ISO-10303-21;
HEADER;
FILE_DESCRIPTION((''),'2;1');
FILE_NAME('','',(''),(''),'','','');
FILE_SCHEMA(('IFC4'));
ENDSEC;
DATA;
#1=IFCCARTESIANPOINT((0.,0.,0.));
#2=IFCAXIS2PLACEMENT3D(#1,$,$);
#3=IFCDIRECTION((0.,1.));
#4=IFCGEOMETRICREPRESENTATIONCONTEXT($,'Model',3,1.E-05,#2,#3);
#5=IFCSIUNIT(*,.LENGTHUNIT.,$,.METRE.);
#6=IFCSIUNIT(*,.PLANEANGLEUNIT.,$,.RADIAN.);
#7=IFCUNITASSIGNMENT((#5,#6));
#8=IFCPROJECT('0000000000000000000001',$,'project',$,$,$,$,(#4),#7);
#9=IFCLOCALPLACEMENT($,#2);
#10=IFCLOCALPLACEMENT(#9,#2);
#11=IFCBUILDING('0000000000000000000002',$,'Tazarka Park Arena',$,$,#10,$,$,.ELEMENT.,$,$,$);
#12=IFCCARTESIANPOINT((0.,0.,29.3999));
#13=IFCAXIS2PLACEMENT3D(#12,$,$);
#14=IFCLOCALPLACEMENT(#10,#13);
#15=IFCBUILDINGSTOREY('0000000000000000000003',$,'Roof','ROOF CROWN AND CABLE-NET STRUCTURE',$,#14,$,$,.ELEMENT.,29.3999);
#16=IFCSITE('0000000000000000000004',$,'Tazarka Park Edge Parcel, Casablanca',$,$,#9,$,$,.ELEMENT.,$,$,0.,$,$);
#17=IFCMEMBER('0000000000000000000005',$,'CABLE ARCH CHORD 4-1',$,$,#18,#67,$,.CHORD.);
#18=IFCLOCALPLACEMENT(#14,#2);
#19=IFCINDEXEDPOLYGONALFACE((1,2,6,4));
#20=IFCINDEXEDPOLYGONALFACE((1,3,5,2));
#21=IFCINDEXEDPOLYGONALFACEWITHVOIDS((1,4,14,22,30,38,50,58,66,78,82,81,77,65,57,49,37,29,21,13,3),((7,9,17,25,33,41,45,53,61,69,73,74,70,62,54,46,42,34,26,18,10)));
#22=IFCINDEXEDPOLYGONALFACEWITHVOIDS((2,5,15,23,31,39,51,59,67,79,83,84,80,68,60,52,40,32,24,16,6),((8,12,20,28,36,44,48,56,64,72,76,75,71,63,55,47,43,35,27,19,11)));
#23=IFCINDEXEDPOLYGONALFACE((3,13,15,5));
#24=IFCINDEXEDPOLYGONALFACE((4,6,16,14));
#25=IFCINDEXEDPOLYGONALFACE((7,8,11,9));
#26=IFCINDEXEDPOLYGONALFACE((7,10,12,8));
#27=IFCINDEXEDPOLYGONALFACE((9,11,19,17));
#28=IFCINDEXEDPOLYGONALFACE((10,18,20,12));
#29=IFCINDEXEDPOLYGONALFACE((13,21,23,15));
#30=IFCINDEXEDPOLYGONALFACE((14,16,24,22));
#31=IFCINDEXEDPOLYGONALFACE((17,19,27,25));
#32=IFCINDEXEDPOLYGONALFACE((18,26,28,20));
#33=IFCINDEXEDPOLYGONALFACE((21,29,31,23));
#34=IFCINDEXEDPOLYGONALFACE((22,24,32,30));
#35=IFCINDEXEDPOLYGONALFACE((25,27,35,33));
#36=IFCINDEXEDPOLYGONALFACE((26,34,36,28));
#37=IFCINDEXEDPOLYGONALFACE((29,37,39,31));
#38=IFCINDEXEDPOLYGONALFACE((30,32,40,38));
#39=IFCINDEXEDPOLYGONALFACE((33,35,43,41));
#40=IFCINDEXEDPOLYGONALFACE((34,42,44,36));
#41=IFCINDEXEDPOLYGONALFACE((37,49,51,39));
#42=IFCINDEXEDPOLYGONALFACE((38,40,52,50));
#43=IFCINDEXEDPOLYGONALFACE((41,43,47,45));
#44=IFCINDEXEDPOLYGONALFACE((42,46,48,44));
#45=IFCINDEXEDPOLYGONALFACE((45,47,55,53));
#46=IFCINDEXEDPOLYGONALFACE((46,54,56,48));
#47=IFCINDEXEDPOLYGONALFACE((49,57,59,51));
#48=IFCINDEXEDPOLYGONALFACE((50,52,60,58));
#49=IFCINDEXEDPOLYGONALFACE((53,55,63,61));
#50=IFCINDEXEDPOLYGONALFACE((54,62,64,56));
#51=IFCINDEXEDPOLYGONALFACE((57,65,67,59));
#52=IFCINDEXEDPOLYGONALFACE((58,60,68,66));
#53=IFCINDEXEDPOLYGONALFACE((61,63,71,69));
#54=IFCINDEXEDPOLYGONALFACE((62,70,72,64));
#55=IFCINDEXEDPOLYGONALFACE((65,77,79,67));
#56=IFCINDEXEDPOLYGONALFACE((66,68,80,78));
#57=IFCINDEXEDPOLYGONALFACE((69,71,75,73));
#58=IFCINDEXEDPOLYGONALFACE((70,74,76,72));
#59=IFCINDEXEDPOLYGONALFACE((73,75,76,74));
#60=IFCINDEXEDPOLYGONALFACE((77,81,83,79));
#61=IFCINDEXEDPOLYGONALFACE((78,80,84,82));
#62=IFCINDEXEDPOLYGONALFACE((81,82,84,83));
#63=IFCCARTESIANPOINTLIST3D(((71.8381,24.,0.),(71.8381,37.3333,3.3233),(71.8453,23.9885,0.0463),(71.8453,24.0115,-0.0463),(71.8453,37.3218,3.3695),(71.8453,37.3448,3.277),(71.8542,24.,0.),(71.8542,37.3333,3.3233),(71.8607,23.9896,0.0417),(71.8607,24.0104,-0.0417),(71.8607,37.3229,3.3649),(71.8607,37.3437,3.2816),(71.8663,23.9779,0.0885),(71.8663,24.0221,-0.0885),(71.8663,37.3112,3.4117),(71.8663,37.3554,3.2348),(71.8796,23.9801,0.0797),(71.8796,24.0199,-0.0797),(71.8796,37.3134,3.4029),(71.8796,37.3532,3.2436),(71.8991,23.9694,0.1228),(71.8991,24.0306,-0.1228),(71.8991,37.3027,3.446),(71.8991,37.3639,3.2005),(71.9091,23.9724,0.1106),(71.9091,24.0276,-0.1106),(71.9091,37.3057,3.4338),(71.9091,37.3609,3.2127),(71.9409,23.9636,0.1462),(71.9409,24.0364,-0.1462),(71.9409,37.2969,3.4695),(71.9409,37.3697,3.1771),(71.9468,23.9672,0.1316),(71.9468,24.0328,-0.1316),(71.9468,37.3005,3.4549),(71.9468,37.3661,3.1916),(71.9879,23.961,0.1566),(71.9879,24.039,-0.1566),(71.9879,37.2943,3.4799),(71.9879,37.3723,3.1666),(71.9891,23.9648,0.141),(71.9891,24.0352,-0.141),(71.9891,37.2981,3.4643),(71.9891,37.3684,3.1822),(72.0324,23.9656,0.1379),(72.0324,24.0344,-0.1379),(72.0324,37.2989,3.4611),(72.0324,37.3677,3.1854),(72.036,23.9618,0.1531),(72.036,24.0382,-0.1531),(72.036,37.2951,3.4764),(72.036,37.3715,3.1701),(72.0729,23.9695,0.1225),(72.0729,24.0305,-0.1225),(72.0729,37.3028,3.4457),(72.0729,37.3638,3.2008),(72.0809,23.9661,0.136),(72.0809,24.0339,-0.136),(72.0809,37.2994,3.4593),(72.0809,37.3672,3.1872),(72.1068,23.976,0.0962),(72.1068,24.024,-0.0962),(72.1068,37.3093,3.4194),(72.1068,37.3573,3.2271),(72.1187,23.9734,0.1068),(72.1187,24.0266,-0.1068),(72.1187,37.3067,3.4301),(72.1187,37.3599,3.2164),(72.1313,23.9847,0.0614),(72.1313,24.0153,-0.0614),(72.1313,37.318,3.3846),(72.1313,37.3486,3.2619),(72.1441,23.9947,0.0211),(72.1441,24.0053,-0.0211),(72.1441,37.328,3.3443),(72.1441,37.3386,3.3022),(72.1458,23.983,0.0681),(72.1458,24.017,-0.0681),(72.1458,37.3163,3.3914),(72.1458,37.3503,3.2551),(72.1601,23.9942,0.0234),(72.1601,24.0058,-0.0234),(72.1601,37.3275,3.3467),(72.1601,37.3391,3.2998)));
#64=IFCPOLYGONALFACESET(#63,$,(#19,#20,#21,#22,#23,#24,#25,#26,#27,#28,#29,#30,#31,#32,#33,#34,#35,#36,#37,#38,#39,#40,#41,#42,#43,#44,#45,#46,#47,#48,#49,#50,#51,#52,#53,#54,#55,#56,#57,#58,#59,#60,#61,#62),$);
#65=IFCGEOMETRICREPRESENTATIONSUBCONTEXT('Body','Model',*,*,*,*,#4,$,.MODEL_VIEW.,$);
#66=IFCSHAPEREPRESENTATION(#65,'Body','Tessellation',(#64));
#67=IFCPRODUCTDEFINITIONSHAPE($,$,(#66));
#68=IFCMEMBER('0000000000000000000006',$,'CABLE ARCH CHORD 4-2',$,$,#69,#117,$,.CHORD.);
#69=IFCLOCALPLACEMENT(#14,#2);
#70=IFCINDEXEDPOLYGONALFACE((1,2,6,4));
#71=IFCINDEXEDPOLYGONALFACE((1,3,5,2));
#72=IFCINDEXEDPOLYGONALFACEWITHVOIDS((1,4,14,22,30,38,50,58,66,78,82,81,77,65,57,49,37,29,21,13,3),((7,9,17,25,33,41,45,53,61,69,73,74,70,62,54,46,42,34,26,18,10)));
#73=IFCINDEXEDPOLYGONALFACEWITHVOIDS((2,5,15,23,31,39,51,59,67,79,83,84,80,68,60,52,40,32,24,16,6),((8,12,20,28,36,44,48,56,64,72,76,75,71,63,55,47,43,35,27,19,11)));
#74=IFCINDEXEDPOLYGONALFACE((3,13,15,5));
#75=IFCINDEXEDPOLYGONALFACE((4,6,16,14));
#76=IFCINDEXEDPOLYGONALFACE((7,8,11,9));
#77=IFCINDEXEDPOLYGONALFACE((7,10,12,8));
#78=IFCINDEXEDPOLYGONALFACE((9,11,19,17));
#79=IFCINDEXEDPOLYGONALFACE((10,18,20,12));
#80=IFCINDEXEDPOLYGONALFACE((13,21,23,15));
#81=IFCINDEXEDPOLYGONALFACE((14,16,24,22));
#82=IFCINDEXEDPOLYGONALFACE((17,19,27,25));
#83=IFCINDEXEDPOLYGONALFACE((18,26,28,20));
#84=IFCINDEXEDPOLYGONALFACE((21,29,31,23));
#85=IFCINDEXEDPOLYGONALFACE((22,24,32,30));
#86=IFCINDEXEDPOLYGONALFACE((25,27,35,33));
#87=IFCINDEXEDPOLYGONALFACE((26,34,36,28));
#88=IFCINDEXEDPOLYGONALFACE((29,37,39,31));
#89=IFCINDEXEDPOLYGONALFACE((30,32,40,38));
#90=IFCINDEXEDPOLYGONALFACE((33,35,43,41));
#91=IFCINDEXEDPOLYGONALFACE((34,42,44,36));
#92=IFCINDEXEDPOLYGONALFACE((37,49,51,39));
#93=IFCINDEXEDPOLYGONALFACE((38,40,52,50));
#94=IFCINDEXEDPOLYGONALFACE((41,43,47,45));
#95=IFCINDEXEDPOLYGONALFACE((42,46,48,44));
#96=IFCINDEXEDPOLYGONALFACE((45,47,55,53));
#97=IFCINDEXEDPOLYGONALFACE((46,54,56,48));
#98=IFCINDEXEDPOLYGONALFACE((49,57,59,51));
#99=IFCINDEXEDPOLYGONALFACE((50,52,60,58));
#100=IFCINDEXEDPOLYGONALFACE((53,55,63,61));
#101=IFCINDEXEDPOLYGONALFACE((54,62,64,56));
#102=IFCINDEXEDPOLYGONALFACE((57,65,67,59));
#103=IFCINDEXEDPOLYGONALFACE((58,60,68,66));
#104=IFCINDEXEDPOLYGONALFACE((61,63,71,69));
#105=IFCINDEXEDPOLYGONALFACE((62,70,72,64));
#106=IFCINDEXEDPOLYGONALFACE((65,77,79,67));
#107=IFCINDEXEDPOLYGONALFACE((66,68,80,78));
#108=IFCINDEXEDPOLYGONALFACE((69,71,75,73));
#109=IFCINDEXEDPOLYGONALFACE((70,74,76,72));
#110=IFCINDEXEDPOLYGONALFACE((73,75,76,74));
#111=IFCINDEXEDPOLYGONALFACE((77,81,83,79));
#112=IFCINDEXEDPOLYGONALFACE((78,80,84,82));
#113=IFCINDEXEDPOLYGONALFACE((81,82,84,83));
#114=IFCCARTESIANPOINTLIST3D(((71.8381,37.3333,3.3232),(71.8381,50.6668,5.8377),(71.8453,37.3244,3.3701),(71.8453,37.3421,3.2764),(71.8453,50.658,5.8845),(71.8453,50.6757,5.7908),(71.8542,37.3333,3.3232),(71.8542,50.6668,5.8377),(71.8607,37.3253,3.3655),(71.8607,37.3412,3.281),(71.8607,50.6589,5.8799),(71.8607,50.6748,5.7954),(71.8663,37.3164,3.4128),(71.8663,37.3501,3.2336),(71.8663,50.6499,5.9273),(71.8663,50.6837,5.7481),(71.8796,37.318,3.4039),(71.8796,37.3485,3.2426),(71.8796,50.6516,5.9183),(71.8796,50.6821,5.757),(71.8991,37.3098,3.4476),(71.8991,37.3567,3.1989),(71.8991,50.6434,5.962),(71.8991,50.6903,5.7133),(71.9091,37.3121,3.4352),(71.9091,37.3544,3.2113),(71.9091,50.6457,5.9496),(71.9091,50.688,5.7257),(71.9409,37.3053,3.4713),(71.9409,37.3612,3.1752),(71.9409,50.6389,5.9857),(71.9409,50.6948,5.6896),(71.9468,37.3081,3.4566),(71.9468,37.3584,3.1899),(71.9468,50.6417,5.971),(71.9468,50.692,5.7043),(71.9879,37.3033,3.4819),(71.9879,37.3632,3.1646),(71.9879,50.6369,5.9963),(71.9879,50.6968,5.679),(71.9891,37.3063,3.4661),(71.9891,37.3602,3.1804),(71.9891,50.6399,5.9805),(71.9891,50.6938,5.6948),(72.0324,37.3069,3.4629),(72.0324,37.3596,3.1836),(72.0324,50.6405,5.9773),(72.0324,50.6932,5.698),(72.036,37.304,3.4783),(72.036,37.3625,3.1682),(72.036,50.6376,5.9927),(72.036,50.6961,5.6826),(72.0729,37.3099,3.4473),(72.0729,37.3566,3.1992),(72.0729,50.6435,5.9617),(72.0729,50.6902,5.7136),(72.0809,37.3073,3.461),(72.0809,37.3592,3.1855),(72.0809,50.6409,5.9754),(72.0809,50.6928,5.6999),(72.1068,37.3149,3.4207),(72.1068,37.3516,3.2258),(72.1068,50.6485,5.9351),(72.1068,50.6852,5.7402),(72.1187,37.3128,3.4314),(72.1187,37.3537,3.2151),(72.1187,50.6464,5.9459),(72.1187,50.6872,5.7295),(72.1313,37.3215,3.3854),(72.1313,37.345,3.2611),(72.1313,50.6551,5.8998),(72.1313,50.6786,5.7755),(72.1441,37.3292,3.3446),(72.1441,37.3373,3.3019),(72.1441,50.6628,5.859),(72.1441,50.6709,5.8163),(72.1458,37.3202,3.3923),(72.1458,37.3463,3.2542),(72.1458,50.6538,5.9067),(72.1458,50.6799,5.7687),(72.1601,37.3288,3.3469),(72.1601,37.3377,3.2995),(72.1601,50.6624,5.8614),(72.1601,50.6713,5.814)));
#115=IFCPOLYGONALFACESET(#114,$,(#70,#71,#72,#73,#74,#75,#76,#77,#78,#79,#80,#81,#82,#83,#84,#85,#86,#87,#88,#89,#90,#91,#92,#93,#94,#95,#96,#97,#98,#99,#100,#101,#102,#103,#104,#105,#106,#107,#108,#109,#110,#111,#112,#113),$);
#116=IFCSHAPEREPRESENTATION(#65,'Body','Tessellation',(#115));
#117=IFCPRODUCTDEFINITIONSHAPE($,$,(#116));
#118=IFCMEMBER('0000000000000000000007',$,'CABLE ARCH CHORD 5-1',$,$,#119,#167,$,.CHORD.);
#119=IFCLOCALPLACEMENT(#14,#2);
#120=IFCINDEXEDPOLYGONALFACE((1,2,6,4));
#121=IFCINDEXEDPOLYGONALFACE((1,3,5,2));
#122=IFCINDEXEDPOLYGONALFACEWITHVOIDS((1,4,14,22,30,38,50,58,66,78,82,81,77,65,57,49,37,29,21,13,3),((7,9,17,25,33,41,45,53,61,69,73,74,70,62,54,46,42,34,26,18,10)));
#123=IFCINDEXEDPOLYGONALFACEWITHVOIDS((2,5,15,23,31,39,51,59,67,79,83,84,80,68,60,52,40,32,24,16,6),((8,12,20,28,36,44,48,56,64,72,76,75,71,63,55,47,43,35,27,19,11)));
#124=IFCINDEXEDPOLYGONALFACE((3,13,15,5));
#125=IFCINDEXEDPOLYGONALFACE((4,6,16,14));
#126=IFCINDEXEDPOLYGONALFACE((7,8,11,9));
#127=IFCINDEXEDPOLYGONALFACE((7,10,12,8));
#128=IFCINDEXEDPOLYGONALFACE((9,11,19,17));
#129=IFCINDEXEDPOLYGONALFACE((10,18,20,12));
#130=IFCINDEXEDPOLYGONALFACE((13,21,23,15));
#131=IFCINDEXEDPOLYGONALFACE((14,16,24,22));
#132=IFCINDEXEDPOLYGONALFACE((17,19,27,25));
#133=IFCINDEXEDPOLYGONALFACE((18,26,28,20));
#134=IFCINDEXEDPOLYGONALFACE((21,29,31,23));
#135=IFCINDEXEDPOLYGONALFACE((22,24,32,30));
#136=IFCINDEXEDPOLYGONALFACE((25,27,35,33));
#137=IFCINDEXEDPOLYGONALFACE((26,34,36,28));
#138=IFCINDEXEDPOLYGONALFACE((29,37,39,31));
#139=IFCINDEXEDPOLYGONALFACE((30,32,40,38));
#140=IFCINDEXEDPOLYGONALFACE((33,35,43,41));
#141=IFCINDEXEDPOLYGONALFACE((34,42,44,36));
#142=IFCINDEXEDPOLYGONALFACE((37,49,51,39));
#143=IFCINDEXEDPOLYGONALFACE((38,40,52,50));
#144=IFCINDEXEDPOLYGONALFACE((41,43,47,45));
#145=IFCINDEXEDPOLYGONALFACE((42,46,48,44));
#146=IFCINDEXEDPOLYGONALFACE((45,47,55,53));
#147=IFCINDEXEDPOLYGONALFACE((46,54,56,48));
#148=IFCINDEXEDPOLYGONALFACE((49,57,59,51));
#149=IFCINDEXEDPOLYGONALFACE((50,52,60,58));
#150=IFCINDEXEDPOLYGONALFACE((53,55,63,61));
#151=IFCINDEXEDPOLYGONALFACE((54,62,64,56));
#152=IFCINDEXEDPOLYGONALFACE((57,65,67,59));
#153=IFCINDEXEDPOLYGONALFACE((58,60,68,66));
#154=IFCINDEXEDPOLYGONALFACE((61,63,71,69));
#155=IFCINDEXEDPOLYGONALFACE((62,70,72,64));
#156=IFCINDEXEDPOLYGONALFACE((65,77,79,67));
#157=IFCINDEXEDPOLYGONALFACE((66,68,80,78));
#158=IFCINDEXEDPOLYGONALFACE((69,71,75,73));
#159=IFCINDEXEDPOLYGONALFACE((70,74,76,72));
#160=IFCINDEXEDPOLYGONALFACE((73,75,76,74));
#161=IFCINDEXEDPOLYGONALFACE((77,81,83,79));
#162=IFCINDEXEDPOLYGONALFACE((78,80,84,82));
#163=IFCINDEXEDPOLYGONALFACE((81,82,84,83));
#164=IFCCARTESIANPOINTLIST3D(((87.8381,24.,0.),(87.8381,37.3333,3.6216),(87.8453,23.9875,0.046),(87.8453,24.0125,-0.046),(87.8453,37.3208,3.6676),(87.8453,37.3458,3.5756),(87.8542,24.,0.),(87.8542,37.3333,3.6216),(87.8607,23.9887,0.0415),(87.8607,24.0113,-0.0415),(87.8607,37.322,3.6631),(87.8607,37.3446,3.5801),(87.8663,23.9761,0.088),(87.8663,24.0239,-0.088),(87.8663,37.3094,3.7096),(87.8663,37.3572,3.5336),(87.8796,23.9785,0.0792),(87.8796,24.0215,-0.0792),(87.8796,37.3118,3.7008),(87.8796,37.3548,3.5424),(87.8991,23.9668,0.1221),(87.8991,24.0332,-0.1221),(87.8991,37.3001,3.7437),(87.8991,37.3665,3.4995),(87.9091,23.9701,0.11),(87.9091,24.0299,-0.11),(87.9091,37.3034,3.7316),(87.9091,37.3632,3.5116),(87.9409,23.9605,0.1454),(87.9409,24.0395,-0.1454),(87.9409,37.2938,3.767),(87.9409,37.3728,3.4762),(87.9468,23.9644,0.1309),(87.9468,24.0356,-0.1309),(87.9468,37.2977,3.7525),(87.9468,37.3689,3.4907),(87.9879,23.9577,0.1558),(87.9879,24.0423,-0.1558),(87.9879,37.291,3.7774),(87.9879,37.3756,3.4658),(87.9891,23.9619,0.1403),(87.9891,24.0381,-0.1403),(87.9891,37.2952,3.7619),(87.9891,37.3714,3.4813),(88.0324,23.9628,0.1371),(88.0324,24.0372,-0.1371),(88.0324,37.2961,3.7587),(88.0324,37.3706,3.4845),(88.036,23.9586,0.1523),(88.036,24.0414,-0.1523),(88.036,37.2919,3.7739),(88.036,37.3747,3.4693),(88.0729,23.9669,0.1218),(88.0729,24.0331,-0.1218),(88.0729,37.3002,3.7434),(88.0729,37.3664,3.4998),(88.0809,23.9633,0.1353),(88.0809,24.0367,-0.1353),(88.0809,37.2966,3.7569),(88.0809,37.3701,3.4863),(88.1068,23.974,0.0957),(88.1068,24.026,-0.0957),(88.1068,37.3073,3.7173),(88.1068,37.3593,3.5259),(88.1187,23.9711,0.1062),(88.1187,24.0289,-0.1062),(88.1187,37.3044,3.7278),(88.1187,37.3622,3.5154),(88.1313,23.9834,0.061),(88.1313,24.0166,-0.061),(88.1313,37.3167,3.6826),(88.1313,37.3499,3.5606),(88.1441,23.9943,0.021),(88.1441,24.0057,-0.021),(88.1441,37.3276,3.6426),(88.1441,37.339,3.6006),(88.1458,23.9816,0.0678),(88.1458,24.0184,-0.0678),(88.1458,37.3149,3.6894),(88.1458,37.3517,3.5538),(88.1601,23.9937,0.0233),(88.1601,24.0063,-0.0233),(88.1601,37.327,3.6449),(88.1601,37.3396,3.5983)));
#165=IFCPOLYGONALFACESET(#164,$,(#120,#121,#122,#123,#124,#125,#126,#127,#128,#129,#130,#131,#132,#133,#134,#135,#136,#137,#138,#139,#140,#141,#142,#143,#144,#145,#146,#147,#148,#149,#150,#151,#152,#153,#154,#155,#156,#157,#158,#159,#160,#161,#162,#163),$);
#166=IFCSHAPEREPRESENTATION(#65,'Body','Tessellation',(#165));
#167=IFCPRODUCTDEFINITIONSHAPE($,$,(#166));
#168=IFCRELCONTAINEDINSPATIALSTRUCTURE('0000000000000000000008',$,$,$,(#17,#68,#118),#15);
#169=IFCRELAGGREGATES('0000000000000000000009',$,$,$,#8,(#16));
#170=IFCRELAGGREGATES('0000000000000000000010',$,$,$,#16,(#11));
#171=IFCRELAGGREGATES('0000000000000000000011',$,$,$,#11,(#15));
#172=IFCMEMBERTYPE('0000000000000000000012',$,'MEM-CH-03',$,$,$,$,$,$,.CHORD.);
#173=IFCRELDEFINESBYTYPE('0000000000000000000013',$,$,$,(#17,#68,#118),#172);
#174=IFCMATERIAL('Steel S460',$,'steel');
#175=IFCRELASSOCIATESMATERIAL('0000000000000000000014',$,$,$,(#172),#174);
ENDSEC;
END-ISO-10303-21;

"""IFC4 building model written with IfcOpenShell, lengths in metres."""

from ifc_helpers import new_model, si_unit, direction, frame, origin, origin_2d, place, context, subcontext, project, spatial, hollow_circle, extrude, material, material_profile, profile_set, type_object, element, save


model = new_model("IFC4")

# Units and contexts
model_context = context("Model", 3, precision=1e-05, world=origin(), true_north=direction((0.0, 1.0)))
body_context = subcontext(model_context, "Body", "Model", "MODEL_VIEW")
ifc_project = project(units=[si_unit("LENGTHUNIT", "METRE"), si_unit("PLANEANGLEUNIT", "RADIAN")], contexts=[model_context])

# Site, building, storey
site_placement = place(None, origin())
site = spatial("IfcSite", under=ifc_project, at=site_placement, Name="Tazarka Park Edge Parcel, Casablanca", CompositionType="ELEMENT", RefElevation=0.0)
building_placement = place(site_placement, origin())
building = spatial("IfcBuilding", under=site, at=building_placement, Name="Tazarka Park Arena", CompositionType="ELEMENT")
storey_placement = place(building_placement, frame((0.0, 0.0, 29.3999)))
storey = spatial("IfcBuildingStorey", under=building, at=storey_placement, Name="Roof", Description="ROOF CROWN AND CABLE-NET STRUCTURE", CompositionType="ELEMENT", Elevation=29.3999)

# Members
ifc_material_1 = material(Name="Steel S460", Category="steel")
ifc_material_profile_1 = material_profile(ifc_material_1, hollow_circle(Radius=0.1619, WallThickness=0.0161, at=origin_2d()), Name="Steel S460")
ifc_profile_set_1 = profile_set([ifc_material_profile_1], Name="Steel S460")
member_type_1 = type_object("IfcMemberType", Name="MEM-CH-03", PredefinedType="CHORD", material=ifc_profile_set_1)
member_1_placement = place(storey_placement, frame((72.0, 24.0, 0.0), z_axis=(0.0, 0.970315, 0.241846), x_axis=(-1.0, 0.0, 0.0)))
element("IfcMember", 1, at=member_1_placement, inside=storey, type_object=member_type_1, Name="CABLE ARCH CHORD 4-1", PredefinedType="CHORD", context=body_context, shape_type="SweptSolid", body=[
    extrude(hollow_circle(Radius=0.1619, WallThickness=0.0161, at=origin_2d()), origin(), (0.0, 0.0, 1.0), 13.7412),
])
member_2_placement = place(storey_placement, frame((72.0, 37.3333, 3.3232), z_axis=(0.0, 0.98268, 0.185312), x_axis=(-1.0, 0.0, 0.0)))
element("IfcMember", 2, at=member_2_placement, inside=storey, type_object=member_type_1, Name="CABLE ARCH CHORD 4-2", PredefinedType="CHORD", context=body_context, shape_type="SweptSolid", body=[
    extrude(hollow_circle(Radius=0.1619, WallThickness=0.0161, at=origin_2d()), origin(), (0.0, 0.0, 1.0), 13.5686),
])
member_3_placement = place(storey_placement, frame((88.0, 24.0, 0.0), z_axis=(0.0, 0.965034, 0.262123), x_axis=(-1.0, 0.0, 0.0)))
element("IfcMember", 3, at=member_3_placement, inside=storey, type_object=member_type_1, Name="CABLE ARCH CHORD 5-1", PredefinedType="CHORD", context=body_context, shape_type="SweptSolid", body=[
    extrude(hollow_circle(Radius=0.1619, WallThickness=0.0161, at=origin_2d()), origin(), (0.0, 0.0, 1.0), 13.8164),
])

save(model, "model.ifc")
